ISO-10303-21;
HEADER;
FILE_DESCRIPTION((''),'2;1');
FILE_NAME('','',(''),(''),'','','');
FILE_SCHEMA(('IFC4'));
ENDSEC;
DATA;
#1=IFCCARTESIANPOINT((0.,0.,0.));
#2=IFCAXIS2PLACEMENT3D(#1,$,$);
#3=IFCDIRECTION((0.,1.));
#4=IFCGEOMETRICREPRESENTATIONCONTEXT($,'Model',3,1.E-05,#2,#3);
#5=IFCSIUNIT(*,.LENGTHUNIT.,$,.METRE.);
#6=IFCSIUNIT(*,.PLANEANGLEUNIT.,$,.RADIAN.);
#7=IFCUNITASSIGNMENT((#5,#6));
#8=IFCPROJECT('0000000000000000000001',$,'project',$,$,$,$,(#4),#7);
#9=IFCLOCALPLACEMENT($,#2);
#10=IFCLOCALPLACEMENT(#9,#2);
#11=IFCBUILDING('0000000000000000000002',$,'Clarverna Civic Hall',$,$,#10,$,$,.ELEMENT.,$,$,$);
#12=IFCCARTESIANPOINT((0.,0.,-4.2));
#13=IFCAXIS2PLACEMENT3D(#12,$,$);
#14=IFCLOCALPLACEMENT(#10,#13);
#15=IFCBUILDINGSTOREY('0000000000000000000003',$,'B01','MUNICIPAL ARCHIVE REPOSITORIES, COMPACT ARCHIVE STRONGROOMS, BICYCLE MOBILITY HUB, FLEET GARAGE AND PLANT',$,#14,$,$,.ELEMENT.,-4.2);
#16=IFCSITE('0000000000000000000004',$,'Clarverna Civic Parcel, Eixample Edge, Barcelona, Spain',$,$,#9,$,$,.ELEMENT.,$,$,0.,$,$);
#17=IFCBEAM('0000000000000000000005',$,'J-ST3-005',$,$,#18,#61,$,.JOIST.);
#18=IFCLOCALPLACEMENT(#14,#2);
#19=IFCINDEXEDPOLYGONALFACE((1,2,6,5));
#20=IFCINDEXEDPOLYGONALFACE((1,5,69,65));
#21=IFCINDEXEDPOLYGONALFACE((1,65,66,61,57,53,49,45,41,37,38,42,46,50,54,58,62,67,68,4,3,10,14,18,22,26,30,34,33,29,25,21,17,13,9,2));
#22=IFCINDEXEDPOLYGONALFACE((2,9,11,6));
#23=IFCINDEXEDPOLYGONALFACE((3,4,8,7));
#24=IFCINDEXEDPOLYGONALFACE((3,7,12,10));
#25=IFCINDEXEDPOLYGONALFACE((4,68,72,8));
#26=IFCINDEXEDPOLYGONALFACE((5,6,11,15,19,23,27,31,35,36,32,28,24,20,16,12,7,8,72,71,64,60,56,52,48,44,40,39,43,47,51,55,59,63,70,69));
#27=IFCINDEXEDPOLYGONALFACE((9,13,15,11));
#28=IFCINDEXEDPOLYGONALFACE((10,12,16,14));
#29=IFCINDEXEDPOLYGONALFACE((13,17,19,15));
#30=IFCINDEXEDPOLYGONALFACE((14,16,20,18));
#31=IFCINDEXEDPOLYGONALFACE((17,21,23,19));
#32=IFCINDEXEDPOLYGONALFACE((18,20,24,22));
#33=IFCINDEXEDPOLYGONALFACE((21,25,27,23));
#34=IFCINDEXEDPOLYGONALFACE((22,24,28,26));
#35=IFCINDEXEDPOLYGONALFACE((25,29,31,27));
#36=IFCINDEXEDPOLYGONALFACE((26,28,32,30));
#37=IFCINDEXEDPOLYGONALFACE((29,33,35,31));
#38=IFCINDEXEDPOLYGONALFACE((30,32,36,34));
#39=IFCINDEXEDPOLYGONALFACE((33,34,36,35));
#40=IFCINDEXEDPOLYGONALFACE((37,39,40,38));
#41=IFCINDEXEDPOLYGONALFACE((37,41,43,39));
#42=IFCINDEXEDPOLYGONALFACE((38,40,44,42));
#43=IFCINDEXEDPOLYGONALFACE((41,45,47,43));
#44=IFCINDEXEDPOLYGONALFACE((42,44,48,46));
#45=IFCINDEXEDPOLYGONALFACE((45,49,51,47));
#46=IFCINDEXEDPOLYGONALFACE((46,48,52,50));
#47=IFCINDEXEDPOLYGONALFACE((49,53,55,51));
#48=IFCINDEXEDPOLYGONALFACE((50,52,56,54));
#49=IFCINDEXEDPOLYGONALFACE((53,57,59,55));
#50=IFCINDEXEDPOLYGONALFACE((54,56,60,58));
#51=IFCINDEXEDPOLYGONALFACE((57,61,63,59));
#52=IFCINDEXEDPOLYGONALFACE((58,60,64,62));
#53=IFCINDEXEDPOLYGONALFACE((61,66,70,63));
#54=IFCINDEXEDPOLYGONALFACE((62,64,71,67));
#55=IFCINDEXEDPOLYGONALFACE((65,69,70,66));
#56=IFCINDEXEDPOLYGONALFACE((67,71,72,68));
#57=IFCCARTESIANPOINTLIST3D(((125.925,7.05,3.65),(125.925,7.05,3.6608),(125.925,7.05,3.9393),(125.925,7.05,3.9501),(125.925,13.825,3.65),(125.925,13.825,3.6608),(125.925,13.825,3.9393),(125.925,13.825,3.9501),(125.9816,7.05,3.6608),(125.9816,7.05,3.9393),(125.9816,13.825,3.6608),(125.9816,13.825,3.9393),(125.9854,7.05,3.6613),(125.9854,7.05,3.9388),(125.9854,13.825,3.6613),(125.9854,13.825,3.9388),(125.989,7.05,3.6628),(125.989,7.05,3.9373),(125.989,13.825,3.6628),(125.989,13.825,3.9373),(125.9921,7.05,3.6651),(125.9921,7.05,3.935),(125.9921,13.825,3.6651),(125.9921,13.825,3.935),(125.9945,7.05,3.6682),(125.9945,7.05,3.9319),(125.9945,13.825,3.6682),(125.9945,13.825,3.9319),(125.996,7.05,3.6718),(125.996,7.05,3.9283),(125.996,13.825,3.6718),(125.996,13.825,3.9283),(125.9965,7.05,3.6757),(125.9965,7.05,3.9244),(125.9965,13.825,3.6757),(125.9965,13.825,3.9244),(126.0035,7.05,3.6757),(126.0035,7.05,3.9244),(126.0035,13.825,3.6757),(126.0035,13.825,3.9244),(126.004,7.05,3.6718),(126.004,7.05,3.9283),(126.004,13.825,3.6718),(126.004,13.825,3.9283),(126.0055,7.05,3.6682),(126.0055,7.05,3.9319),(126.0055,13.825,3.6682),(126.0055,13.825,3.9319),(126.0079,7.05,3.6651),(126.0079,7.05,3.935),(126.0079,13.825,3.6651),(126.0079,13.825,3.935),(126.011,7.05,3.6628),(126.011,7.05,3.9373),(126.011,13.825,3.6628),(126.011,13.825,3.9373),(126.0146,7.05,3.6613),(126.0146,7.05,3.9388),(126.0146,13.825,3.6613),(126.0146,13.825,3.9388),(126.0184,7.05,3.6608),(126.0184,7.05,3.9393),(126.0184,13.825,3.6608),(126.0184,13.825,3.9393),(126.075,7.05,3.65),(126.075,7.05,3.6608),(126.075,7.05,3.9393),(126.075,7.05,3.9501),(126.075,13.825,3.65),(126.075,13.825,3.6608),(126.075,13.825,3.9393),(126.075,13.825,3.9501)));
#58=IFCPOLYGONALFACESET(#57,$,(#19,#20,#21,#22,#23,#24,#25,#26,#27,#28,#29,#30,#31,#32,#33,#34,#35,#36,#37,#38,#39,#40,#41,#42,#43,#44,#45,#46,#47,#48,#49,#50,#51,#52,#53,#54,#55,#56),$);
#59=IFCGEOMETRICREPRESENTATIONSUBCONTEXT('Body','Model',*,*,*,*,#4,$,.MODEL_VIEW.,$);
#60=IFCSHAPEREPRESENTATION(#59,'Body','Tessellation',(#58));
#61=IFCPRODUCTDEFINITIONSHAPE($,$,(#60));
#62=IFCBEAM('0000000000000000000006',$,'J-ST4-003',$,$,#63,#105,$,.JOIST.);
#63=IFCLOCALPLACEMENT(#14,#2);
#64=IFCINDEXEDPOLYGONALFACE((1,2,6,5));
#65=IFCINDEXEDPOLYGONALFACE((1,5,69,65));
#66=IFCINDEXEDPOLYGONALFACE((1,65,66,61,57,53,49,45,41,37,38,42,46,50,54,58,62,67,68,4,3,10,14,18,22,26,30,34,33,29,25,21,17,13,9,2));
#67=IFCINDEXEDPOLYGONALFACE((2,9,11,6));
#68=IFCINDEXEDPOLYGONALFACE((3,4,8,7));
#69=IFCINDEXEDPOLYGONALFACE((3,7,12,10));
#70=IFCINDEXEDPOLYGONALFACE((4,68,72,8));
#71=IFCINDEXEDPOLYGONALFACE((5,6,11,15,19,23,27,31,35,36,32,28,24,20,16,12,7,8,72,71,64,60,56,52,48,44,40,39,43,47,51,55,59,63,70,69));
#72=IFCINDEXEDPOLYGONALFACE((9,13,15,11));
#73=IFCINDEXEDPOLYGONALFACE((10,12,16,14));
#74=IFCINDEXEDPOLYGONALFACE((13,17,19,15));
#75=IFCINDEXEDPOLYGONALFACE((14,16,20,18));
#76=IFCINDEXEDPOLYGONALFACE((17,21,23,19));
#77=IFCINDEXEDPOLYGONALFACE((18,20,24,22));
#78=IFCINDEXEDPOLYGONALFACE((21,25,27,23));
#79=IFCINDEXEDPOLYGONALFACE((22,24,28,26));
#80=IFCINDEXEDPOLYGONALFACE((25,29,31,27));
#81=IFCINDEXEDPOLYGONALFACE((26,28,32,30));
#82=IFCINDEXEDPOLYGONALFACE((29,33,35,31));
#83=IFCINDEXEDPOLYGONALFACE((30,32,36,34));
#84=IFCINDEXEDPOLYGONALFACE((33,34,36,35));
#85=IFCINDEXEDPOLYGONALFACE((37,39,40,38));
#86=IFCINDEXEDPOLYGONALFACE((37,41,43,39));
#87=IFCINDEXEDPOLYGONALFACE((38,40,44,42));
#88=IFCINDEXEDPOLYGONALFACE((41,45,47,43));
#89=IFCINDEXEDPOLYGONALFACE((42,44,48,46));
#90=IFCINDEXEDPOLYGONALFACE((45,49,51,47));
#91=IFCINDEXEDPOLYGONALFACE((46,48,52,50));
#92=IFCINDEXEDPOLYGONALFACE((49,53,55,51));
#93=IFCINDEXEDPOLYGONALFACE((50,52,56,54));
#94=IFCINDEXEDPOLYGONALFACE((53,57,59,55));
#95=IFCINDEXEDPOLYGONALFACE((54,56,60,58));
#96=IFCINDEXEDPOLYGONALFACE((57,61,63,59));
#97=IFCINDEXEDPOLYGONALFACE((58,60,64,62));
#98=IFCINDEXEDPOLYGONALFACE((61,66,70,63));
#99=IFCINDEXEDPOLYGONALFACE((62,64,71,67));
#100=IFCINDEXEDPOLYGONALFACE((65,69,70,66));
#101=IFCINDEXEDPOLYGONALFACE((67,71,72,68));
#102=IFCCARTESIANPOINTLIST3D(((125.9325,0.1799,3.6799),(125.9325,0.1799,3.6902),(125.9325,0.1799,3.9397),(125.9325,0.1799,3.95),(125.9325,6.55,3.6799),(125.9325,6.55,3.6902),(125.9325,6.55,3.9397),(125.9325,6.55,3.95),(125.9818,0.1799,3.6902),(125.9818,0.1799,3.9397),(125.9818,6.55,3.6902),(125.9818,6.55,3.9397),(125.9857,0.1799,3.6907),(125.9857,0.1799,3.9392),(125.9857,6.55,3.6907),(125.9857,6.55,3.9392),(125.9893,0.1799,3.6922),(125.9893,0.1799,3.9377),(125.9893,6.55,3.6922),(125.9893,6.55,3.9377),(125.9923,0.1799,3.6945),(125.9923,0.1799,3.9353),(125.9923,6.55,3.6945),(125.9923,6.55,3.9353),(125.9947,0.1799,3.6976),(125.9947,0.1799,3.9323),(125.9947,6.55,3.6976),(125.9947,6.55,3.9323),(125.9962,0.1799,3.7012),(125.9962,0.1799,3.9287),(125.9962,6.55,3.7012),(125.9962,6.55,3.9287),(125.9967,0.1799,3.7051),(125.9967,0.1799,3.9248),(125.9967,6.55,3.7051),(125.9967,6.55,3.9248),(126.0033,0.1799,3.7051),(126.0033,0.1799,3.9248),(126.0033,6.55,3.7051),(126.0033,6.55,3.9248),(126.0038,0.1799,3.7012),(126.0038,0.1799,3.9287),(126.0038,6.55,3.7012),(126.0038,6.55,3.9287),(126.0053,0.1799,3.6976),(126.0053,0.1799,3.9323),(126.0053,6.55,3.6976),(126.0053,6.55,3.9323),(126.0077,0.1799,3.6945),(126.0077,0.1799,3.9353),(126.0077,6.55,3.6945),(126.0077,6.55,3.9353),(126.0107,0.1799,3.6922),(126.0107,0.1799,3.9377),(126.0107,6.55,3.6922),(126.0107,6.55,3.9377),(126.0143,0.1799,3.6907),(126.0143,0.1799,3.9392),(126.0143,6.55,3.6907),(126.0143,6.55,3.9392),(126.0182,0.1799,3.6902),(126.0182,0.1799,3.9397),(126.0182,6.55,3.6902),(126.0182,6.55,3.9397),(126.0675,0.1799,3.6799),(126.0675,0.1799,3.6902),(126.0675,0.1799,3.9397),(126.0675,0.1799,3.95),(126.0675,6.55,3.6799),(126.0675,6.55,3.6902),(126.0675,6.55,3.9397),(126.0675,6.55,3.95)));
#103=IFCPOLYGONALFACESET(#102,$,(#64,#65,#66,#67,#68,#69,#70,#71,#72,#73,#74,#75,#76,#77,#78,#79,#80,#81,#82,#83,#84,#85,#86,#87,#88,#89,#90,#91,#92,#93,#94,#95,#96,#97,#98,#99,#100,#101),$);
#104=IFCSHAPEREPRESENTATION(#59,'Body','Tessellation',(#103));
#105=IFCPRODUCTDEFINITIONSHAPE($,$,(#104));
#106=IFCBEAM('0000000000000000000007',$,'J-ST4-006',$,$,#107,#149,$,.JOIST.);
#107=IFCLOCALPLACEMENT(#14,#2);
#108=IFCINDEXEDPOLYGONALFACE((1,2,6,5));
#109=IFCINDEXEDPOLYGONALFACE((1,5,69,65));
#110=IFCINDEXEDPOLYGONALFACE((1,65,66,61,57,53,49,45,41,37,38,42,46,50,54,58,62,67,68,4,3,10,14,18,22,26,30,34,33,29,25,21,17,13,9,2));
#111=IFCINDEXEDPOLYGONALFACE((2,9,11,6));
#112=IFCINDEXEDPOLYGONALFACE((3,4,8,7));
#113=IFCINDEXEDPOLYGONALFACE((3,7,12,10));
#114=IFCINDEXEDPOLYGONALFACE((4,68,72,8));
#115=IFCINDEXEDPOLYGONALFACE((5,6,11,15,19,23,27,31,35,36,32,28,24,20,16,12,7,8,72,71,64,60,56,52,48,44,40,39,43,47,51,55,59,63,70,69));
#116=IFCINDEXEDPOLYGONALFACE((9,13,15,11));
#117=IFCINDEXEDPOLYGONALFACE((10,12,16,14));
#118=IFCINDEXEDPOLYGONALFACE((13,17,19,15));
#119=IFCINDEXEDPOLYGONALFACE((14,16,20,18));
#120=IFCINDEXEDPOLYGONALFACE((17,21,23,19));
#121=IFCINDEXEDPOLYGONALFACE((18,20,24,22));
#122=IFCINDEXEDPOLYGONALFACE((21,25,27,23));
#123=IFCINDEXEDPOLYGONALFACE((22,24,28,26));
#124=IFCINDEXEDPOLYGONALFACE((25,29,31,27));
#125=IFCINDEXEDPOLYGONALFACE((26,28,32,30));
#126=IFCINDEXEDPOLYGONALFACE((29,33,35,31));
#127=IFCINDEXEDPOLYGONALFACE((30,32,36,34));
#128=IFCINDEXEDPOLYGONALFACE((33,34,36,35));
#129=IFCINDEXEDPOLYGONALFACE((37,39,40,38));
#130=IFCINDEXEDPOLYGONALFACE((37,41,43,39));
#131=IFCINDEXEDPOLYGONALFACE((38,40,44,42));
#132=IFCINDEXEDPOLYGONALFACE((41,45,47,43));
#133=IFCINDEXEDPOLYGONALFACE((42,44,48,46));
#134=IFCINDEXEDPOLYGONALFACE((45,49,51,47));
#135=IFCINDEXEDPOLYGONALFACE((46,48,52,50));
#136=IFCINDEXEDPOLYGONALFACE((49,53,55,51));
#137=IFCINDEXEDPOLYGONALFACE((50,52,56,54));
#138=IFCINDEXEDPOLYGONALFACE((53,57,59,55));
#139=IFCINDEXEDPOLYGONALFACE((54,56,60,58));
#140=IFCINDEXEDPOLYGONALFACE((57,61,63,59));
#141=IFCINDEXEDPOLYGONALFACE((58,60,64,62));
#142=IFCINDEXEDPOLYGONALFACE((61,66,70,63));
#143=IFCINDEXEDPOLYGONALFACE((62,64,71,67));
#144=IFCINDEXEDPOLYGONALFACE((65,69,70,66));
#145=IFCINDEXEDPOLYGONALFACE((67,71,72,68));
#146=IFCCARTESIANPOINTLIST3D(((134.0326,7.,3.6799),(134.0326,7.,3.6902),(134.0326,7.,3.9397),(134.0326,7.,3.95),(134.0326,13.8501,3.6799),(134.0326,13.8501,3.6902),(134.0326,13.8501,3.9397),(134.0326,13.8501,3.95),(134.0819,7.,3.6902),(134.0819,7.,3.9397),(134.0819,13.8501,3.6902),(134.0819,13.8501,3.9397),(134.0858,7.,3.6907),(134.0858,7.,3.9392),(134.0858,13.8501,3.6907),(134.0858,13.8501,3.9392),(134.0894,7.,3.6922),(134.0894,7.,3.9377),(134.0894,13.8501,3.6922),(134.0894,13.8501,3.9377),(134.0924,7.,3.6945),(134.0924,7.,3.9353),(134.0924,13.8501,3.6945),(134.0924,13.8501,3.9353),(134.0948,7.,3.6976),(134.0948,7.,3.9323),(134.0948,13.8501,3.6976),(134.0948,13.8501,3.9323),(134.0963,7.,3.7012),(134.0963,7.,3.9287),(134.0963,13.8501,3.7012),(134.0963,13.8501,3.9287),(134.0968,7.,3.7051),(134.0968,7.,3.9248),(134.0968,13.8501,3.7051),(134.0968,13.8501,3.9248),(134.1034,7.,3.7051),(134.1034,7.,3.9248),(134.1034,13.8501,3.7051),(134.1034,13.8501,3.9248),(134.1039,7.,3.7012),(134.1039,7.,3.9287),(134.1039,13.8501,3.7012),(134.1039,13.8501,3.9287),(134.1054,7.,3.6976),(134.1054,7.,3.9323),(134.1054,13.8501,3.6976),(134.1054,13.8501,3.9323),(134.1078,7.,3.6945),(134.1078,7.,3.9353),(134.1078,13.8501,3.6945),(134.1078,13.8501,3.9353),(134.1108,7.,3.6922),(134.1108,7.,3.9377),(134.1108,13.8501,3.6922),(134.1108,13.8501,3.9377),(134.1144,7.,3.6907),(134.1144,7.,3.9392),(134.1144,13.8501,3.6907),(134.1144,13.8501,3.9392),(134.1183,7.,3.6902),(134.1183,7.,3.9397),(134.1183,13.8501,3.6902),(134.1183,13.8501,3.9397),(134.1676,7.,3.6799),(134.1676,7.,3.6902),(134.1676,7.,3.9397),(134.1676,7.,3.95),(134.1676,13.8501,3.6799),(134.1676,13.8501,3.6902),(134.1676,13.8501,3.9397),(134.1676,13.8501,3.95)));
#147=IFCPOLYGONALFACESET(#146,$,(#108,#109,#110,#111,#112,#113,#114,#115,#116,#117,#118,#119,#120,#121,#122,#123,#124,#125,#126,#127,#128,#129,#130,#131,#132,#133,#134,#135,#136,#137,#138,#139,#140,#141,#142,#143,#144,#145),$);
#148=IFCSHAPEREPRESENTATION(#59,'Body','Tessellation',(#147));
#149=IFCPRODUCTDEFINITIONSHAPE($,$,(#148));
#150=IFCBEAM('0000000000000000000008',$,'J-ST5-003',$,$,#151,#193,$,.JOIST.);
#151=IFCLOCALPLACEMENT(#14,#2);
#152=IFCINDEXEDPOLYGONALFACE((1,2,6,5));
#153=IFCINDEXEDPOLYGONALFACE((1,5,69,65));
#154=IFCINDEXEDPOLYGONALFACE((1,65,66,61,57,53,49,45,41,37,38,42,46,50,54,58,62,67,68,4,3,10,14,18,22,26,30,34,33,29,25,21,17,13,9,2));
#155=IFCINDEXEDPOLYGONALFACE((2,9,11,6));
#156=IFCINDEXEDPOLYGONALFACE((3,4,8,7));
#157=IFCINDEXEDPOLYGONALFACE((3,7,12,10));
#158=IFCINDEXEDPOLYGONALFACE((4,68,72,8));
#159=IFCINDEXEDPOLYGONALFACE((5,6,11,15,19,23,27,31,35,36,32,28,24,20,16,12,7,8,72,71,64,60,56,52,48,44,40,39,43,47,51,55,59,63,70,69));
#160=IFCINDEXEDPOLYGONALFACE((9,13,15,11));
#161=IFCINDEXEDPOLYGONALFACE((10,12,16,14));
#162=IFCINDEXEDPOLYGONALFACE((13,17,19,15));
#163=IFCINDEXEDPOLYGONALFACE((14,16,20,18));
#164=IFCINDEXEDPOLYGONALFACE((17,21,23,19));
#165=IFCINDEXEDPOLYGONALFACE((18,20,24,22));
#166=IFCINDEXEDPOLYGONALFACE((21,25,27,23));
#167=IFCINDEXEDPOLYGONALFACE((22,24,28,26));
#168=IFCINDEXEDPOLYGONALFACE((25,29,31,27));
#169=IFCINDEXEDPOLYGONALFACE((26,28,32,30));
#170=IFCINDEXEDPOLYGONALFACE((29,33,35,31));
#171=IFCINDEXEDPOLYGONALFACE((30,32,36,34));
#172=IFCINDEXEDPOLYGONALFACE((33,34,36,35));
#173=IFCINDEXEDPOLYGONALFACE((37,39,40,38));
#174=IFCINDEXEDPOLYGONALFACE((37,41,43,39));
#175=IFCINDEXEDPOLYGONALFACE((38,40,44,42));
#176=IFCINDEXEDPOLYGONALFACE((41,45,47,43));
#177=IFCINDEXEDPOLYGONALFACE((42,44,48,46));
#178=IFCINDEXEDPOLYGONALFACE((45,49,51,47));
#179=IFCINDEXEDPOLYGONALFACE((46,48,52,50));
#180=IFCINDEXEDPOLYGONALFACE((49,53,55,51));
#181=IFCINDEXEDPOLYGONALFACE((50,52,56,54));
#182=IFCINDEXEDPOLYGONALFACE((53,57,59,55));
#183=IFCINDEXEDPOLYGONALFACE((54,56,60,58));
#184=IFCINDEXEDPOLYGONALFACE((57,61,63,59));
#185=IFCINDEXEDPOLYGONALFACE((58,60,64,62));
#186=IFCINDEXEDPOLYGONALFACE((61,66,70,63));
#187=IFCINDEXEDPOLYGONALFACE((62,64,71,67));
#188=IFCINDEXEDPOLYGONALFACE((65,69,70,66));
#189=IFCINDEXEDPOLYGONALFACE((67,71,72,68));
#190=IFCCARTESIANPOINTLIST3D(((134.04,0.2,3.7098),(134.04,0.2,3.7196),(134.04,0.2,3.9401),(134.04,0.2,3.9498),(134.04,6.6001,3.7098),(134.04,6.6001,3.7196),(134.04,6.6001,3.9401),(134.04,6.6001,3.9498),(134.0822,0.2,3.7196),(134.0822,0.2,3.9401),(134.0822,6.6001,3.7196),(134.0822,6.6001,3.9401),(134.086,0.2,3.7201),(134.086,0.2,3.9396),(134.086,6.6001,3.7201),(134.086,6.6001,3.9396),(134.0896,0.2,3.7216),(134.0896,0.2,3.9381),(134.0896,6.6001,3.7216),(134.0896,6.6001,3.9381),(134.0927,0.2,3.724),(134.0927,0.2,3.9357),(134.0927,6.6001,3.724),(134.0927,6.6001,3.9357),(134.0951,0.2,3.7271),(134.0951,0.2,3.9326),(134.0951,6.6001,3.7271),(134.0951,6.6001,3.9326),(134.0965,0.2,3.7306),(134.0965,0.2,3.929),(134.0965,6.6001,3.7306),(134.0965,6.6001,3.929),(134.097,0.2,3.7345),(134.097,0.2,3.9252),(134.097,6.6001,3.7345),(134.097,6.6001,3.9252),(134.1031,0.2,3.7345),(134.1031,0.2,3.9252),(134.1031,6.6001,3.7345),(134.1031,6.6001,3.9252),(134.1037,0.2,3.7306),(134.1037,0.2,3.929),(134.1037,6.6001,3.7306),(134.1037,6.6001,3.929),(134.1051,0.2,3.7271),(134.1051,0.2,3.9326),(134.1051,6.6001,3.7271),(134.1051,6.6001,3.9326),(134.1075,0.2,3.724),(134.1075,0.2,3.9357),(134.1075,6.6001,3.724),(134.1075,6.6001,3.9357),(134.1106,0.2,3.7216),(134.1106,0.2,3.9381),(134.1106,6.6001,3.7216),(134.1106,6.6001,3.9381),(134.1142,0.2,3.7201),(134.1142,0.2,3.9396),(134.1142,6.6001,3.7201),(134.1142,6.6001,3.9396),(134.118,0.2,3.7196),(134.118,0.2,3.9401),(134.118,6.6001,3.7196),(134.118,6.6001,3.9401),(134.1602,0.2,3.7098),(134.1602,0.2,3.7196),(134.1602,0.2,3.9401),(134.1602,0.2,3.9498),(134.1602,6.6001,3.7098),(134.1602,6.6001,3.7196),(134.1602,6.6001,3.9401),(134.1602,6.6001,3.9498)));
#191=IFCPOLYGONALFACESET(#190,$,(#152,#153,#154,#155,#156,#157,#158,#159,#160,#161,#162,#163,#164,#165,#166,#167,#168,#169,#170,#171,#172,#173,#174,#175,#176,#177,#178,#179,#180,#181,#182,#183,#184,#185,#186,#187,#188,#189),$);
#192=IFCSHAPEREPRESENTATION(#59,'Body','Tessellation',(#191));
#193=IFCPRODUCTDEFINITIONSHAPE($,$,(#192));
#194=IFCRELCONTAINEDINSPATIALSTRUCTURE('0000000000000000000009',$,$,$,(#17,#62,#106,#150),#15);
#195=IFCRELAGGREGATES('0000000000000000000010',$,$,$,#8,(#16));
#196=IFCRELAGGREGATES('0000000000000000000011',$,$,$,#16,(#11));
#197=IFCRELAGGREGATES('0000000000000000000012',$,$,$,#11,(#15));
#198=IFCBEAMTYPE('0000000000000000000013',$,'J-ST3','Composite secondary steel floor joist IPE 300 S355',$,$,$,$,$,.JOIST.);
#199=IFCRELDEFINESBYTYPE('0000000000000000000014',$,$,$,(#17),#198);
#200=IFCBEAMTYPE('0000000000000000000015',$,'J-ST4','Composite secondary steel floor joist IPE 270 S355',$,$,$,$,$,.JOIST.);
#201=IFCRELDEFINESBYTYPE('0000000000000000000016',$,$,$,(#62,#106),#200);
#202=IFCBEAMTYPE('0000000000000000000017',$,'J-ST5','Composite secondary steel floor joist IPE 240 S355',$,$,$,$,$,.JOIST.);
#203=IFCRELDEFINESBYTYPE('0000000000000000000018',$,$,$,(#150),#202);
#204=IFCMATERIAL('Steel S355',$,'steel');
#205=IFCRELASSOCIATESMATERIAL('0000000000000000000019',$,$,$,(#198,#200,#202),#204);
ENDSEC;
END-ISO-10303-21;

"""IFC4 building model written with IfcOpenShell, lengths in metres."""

from ifc_helpers import new_model, si_unit, direction, frame, origin, origin_2d, place, context, subcontext, project, spatial, i_section, extrude, material, material_profile, profile_set, type_object, element, save


model = new_model("IFC4")

# Units and contexts
model_context = context("Model", 3, precision=1e-05, world=origin(), true_north=direction((0.0, 1.0)))
body_context = subcontext(model_context, "Body", "Model", "MODEL_VIEW")
ifc_project = project(units=[si_unit("LENGTHUNIT", "METRE"), si_unit("PLANEANGLEUNIT", "RADIAN")], contexts=[model_context])

# Site, building, storey
site_placement = place(None, origin())
site = spatial("IfcSite", under=ifc_project, at=site_placement, Name="Clarverna Civic Parcel, Eixample Edge, Barcelona, Spain", CompositionType="ELEMENT", RefElevation=0.0)
building_placement = place(site_placement, origin())
building = spatial("IfcBuilding", under=site, at=building_placement, Name="Clarverna Civic Hall", CompositionType="ELEMENT")
storey_placement = place(building_placement, frame((0.0, 0.0, -4.2)))
storey = spatial("IfcBuildingStorey", under=building, at=storey_placement, Name="B01", Description="MUNICIPAL ARCHIVE REPOSITORIES, COMPACT ARCHIVE STRONGROOMS, BICYCLE MOBILITY HUB, FLEET GARAGE AND PLANT", CompositionType="ELEMENT", Elevation=-4.2)

# Beams
ifc_material_1 = material(Name="Steel S355", Category="steel")
ifc_material_profile_1 = material_profile(ifc_material_1, i_section(OverallWidth=0.1499, OverallDepth=0.3, WebThickness=0.0071, FlangeThickness=0.0107, FilletRadius=0.0149, at=origin_2d()), Name="IPE 300")
ifc_profile_set_1 = profile_set([ifc_material_profile_1], Name="Steel S355")
beam_type_1 = type_object("IfcBeamType", Name="J-ST3", Description="Composite secondary steel floor joist IPE 300 S355", PredefinedType="JOIST", material=ifc_profile_set_1)
beam_1_placement = place(storey_placement, frame((126.0, 7.05, 3.8), z_axis=(0.0, 1.0, 0.0), x_axis=(-1.0, 0.0, 0.0)))
element("IfcBeam", 1, at=beam_1_placement, inside=storey, type_object=beam_type_1, Name="J-ST3-005", PredefinedType="JOIST", context=body_context, shape_type="SweptSolid", body=[
    extrude(i_section(OverallWidth=0.1499, OverallDepth=0.3, WebThickness=0.0071, FlangeThickness=0.0107, FilletRadius=0.0149, at=origin_2d()), origin(), (0.0, 0.0, 1.0), 6.7749),
])
ifc_material_profile_2 = material_profile(ifc_material_1, i_section(OverallWidth=0.135, OverallDepth=0.27, WebThickness=0.0066, FlangeThickness=0.0103, FilletRadius=0.0149, at=origin_2d()), Name="IPE 270")
ifc_profile_set_2 = profile_set([ifc_material_profile_2], Name="Steel S355")
beam_type_2 = type_object("IfcBeamType", Name="J-ST4", Description="Composite secondary steel floor joist IPE 270 S355", PredefinedType="JOIST", material=ifc_profile_set_2)
beam_2_placement = place(storey_placement, frame((126.0, 0.1799, 3.8149), z_axis=(0.0, 1.0, 0.0), x_axis=(-1.0, 0.0, 0.0)))
element("IfcBeam", 2, at=beam_2_placement, inside=storey, type_object=beam_type_2, Name="J-ST4-003", PredefinedType="JOIST", context=body_context, shape_type="SweptSolid", body=[
    extrude(i_section(OverallWidth=0.135, OverallDepth=0.27, WebThickness=0.0066, FlangeThickness=0.0103, FilletRadius=0.0149, at=origin_2d()), origin(), (0.0, 0.0, 1.0), 6.3701),
])
beam_3_placement = place(storey_placement, frame((134.1001, 7.0, 3.8149), z_axis=(0.0, 1.0, 0.0), x_axis=(-1.0, 0.0, 0.0)))
element("IfcBeam", 3, at=beam_3_placement, inside=storey, type_object=beam_type_2, Name="J-ST4-006", PredefinedType="JOIST", context=body_context, shape_type="SweptSolid", body=[
    extrude(i_section(OverallWidth=0.135, OverallDepth=0.27, WebThickness=0.0066, FlangeThickness=0.0103, FilletRadius=0.0149, at=origin_2d()), origin(), (0.0, 0.0, 1.0), 6.8501),
])
ifc_material_profile_3 = material_profile(ifc_material_1, i_section(OverallWidth=0.1201, OverallDepth=0.24, WebThickness=0.0061, FlangeThickness=0.0098, FilletRadius=0.0149, at=origin_2d()), Name="IPE 240")
ifc_profile_set_3 = profile_set([ifc_material_profile_3], Name="Steel S355")
beam_type_3 = type_object("IfcBeamType", Name="J-ST5", Description="Composite secondary steel floor joist IPE 240 S355", PredefinedType="JOIST", material=ifc_profile_set_3)
beam_4_placement = place(storey_placement, frame((134.1001, 0.2, 3.8298), z_axis=(0.0, 1.0, 0.0), x_axis=(-1.0, 0.0, 0.0)))
element("IfcBeam", 4, at=beam_4_placement, inside=storey, type_object=beam_type_3, Name="J-ST5-003", PredefinedType="JOIST", context=body_context, shape_type="SweptSolid", body=[
    extrude(i_section(OverallWidth=0.1201, OverallDepth=0.24, WebThickness=0.0061, FlangeThickness=0.0098, FilletRadius=0.0149, at=origin_2d()), origin(), (0.0, 0.0, 1.0), 6.4001),
])

save(model, "model.ifc")
